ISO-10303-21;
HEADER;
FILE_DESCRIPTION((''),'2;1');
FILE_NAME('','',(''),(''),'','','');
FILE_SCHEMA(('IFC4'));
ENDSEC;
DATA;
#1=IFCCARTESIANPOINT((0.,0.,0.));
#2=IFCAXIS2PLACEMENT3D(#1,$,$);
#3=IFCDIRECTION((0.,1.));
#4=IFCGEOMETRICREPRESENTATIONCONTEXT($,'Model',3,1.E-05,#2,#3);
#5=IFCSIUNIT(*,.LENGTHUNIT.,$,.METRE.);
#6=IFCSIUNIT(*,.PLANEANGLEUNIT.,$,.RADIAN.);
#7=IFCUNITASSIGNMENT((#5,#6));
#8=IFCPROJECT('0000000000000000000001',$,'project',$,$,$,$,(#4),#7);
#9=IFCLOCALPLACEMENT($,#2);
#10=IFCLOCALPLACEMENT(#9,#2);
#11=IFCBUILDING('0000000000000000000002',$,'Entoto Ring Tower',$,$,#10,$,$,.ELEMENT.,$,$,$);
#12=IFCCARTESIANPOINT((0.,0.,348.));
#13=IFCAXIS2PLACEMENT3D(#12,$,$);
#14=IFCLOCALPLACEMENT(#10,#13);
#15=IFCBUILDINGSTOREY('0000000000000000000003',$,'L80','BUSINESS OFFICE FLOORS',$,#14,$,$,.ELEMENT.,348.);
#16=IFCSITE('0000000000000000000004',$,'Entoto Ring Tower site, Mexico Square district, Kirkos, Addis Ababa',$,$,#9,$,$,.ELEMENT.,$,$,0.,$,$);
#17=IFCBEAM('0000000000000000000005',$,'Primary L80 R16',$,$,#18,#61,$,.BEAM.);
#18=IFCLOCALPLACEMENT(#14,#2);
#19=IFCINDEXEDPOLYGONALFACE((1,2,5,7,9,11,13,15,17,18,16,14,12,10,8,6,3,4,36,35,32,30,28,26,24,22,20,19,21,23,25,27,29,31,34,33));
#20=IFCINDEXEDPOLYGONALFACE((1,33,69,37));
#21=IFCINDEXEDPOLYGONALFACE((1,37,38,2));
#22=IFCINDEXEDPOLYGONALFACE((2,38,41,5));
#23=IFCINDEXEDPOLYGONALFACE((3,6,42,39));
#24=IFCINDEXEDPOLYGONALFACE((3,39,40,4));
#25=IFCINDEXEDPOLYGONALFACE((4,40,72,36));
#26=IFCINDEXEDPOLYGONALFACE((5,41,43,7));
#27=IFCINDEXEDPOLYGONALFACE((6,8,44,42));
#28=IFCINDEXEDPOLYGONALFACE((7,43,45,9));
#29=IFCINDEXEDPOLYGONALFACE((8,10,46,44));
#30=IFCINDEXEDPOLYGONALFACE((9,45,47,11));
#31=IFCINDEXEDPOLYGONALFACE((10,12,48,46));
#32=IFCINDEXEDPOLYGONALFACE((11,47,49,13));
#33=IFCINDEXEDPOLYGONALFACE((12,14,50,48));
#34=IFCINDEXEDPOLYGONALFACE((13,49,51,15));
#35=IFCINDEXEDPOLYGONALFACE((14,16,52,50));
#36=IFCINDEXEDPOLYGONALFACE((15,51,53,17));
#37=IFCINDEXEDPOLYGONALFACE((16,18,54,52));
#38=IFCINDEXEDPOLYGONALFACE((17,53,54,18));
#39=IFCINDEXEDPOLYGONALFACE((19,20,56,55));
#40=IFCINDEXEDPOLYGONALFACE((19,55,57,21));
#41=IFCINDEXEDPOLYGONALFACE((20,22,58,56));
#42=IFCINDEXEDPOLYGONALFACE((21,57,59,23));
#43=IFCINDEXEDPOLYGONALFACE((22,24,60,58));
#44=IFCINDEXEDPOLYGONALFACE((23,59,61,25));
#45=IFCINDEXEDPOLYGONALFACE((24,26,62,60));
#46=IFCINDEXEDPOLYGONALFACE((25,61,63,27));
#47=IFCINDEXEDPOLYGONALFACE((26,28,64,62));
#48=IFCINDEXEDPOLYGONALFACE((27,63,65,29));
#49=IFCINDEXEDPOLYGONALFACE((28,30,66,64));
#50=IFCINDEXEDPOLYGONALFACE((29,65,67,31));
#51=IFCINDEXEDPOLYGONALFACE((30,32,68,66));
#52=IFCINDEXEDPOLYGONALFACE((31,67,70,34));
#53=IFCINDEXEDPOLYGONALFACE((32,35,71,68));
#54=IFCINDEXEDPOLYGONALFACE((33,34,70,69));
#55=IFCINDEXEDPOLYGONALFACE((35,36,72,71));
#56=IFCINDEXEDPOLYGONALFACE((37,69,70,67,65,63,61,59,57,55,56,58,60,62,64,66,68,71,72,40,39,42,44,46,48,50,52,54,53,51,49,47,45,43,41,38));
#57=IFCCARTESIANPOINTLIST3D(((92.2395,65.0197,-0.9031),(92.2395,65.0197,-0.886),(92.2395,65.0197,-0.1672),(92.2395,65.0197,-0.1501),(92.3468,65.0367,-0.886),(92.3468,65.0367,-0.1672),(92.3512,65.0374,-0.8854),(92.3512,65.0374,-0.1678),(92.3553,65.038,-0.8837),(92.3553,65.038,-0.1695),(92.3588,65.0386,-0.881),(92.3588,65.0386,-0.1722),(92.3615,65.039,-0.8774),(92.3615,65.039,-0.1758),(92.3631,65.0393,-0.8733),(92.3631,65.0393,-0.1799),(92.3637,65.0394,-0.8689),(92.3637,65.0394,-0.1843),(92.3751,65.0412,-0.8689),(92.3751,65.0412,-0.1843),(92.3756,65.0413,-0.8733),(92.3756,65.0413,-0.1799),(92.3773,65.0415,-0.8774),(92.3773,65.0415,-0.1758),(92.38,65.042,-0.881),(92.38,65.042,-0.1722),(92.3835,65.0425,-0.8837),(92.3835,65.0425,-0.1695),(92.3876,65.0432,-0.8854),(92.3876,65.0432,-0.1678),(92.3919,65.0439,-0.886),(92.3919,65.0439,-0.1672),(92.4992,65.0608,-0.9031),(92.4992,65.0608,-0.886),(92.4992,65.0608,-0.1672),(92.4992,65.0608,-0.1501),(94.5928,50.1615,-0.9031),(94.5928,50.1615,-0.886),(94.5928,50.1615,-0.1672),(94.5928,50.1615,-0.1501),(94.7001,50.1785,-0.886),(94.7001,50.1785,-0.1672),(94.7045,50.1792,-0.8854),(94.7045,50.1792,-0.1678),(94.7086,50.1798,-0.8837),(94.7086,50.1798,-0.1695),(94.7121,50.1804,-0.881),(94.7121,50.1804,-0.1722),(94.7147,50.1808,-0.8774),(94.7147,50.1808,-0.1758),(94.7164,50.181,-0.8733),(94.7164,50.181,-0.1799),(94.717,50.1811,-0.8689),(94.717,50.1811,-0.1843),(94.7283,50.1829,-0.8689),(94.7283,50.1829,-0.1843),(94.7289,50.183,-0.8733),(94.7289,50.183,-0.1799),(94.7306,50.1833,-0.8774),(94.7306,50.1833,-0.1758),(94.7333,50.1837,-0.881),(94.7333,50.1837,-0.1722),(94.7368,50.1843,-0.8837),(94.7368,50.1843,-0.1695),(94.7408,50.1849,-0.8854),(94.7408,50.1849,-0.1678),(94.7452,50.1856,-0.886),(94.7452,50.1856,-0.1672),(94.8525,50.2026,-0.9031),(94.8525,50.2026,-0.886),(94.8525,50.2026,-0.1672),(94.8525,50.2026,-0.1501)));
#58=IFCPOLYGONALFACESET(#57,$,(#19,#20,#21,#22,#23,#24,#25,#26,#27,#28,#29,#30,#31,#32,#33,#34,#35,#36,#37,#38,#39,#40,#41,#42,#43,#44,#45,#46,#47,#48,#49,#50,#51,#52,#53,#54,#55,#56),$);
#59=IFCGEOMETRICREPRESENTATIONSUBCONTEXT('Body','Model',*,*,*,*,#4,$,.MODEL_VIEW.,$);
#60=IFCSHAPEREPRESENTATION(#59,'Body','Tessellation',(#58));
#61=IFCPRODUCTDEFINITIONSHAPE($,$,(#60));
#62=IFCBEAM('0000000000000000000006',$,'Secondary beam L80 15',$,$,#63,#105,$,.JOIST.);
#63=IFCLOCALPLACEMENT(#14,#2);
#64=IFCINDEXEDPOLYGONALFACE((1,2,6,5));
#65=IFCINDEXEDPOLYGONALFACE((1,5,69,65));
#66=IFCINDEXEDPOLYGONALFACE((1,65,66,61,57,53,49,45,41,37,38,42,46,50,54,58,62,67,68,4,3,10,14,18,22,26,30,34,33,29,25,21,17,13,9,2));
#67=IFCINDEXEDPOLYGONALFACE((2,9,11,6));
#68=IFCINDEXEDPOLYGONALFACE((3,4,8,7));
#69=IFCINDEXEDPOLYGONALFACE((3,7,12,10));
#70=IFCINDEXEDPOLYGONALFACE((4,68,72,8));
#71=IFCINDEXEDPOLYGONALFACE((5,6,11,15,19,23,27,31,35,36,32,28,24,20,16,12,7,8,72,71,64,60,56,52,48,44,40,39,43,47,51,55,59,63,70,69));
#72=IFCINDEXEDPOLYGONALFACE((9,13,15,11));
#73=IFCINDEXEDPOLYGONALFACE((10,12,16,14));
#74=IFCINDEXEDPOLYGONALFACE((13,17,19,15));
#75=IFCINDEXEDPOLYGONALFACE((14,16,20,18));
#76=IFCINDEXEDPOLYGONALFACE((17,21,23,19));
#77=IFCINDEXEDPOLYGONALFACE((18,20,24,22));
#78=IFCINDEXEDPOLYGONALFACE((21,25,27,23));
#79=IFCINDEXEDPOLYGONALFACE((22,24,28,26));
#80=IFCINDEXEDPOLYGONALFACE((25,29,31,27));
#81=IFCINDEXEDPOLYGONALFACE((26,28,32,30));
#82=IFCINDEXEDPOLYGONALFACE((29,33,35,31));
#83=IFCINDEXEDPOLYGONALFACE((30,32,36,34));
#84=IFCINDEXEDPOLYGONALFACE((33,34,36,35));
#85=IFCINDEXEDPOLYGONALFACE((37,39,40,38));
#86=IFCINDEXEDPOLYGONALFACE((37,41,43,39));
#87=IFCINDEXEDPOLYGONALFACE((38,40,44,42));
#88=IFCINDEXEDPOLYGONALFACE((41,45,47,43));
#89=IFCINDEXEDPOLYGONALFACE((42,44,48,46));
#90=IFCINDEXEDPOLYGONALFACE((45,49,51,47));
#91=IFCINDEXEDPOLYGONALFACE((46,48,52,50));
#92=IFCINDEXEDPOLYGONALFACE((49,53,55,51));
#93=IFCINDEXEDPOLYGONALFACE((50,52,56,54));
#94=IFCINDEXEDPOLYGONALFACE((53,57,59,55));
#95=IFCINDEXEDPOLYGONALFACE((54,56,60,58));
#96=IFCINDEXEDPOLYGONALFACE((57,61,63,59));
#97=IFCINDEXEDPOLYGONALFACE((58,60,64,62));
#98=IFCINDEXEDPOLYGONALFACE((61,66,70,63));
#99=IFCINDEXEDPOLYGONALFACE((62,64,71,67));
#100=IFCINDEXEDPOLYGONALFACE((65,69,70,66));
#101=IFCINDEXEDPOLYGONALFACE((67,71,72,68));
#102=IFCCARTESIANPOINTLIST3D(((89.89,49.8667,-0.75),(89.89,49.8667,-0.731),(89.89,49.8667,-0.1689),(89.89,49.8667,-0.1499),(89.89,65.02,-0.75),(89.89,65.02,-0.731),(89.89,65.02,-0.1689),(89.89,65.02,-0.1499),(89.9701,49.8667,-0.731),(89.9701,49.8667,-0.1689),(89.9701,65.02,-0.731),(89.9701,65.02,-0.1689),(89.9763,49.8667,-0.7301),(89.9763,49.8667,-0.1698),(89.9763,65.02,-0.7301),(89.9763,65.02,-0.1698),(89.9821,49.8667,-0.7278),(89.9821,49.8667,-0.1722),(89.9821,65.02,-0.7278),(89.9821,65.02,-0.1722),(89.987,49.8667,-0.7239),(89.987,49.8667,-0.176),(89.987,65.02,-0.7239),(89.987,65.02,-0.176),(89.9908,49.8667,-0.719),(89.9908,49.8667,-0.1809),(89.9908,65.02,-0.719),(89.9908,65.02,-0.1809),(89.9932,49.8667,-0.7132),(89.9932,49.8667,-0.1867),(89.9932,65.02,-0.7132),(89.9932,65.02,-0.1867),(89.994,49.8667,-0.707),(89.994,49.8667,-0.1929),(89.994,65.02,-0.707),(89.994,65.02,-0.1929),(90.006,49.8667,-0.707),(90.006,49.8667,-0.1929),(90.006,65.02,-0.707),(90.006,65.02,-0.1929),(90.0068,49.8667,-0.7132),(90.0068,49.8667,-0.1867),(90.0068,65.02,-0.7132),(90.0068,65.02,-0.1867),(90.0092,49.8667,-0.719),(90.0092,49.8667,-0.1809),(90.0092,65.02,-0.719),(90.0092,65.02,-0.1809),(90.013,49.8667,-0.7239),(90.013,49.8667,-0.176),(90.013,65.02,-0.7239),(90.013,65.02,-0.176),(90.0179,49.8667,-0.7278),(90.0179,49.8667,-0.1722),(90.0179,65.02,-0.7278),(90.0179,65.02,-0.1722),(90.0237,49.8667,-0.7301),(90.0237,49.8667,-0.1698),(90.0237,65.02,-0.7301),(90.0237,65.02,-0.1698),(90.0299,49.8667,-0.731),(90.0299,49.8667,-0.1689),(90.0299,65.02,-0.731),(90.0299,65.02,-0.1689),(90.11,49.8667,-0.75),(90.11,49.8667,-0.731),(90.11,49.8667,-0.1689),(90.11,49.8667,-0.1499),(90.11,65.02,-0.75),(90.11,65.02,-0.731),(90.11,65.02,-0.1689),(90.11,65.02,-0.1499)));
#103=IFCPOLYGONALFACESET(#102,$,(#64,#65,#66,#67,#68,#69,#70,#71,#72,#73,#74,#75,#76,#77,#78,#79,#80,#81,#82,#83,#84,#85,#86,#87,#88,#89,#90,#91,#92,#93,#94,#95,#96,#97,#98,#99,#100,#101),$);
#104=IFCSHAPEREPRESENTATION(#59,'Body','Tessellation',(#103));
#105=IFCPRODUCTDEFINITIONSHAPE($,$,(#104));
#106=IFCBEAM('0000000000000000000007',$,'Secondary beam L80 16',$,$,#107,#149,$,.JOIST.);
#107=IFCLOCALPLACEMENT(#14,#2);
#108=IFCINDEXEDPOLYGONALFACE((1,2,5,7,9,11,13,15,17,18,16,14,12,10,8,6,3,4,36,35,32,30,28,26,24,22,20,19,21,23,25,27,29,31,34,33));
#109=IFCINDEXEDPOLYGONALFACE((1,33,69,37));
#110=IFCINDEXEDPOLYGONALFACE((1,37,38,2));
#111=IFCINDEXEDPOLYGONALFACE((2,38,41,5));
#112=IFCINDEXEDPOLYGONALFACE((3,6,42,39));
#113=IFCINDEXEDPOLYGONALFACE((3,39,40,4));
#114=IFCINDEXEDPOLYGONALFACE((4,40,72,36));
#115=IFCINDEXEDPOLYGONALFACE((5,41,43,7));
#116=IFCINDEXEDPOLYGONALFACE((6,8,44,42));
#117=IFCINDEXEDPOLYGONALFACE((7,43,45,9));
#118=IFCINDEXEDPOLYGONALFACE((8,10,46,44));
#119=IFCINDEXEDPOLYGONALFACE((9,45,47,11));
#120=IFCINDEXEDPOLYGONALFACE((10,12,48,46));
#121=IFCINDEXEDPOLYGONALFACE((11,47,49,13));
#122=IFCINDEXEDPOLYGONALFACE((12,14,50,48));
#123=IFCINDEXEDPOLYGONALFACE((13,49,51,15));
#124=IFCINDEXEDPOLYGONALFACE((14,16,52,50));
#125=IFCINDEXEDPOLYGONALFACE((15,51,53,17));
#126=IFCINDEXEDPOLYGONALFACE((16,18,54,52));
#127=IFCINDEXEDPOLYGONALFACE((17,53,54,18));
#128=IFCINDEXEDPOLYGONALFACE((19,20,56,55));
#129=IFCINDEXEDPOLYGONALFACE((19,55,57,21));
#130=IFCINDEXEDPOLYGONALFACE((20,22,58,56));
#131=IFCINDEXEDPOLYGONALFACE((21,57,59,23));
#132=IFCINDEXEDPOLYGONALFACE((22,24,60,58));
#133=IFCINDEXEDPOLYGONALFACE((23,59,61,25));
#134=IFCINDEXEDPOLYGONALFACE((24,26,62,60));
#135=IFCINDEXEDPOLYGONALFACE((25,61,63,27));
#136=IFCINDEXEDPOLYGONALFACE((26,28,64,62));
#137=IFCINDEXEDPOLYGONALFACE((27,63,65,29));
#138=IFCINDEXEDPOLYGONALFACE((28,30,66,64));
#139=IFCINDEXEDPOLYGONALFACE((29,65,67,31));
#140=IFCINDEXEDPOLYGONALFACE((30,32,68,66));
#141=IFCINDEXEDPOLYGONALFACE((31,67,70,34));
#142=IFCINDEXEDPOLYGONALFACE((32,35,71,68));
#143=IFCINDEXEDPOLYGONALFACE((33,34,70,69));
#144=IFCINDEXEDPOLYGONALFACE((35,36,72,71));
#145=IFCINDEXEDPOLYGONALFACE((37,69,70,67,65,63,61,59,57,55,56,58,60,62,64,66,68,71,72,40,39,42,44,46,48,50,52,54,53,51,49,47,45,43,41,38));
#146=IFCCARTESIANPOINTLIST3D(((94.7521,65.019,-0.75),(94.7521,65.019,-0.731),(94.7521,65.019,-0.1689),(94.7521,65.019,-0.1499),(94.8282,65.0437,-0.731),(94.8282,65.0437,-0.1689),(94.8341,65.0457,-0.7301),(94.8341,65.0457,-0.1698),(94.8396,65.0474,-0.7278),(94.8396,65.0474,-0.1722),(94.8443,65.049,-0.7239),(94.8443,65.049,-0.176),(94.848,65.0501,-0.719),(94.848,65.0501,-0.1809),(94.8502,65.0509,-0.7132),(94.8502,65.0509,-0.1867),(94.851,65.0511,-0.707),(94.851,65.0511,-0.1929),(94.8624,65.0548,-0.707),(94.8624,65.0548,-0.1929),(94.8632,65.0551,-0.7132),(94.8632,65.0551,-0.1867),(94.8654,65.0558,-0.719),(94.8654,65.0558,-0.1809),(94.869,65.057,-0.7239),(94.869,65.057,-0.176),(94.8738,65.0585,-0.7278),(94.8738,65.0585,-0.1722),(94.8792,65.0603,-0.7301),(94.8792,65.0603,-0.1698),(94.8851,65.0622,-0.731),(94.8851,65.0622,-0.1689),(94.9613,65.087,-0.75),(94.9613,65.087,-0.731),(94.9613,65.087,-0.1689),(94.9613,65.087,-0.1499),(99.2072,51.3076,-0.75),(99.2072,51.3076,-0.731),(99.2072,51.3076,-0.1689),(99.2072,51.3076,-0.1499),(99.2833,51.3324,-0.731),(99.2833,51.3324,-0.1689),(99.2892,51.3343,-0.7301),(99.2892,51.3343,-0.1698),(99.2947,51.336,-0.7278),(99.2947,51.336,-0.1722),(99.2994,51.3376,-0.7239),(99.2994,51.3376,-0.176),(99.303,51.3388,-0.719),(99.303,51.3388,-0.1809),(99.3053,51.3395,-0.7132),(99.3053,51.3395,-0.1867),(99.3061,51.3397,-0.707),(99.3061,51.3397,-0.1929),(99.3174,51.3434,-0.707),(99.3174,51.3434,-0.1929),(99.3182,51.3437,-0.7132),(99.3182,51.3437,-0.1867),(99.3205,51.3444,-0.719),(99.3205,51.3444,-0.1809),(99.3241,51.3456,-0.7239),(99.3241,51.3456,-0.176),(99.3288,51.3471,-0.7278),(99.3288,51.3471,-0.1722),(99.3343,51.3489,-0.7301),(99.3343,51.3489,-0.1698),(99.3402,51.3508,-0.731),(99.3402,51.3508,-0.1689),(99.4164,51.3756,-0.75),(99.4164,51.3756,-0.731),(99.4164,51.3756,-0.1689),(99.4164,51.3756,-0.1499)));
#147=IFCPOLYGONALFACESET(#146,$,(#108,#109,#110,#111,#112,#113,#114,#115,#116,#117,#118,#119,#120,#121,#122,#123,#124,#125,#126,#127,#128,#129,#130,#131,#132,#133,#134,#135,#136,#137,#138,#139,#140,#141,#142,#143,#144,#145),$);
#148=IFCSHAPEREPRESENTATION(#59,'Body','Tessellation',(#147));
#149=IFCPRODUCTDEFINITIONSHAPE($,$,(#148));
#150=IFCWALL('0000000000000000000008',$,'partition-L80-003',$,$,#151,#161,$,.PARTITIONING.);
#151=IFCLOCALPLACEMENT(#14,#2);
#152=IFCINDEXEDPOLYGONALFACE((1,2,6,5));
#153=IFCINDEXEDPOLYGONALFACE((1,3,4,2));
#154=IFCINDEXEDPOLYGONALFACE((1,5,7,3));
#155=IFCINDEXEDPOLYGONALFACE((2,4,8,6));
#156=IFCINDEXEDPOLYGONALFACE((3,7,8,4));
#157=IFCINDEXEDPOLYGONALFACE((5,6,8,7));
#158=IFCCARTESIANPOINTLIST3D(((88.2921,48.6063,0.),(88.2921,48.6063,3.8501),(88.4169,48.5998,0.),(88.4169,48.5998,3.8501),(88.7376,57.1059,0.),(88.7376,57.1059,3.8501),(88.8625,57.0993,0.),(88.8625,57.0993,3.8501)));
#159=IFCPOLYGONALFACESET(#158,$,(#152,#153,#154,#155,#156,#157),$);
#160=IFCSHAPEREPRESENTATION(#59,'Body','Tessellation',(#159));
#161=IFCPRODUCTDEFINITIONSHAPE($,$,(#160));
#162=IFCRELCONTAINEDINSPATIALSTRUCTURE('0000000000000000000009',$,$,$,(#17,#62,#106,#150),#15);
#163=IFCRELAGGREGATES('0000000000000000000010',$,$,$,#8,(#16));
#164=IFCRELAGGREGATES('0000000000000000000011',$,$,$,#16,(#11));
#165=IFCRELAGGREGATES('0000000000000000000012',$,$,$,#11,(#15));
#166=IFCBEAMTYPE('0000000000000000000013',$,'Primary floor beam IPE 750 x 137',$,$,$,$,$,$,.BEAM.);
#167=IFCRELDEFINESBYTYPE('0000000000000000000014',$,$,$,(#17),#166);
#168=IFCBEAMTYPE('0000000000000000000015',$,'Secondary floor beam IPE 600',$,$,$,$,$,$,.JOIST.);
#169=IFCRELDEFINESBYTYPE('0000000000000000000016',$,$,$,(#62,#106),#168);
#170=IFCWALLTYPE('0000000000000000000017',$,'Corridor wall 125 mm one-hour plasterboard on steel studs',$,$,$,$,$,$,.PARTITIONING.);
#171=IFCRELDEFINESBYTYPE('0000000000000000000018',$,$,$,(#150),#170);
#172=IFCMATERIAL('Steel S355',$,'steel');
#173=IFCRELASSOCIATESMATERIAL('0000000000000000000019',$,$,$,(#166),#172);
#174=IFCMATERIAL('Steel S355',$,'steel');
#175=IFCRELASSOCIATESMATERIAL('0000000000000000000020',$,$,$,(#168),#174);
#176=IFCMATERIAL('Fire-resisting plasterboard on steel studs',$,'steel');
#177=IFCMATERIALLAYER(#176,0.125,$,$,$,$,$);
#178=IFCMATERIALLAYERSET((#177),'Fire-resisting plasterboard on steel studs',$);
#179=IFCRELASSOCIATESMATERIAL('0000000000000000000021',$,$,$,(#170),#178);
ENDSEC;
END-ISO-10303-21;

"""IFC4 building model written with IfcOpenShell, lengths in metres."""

from ifc_helpers import new_model, si_unit, direction, frame, frame_2d, origin, origin_2d, place, context, subcontext, project, spatial, rectangle, i_section, extrude, material, layer, layer_set, material_profile, profile_set, type_object, element, save


model = new_model("IFC4")

# Units and contexts
model_context = context("Model", 3, precision=1e-05, world=origin(), true_north=direction((0.0, 1.0)))
body_context = subcontext(model_context, "Body", "Model", "MODEL_VIEW")
ifc_project = project(units=[si_unit("LENGTHUNIT", "METRE"), si_unit("PLANEANGLEUNIT", "RADIAN")], contexts=[model_context])

# Site, building, storey
site_placement = place(None, origin())
site = spatial("IfcSite", under=ifc_project, at=site_placement, Name="Entoto Ring Tower site, Mexico Square district, Kirkos, Addis Ababa", CompositionType="ELEMENT", RefElevation=0.0)
building_placement = place(site_placement, origin())
building = spatial("IfcBuilding", under=site, at=building_placement, Name="Entoto Ring Tower", CompositionType="ELEMENT")
storey_placement = place(building_placement, frame((0.0, 0.0, 348.0)))
storey = spatial("IfcBuildingStorey", under=building, at=storey_placement, Name="L80", Description="BUSINESS OFFICE FLOORS", CompositionType="ELEMENT", Elevation=348.0)

# Beams
ifc_material_1 = material(Name="Steel S355", Category="steel")
ifc_material_profile_1 = material_profile(ifc_material_1, i_section(OverallWidth=0.2629, OverallDepth=0.7529, WebThickness=0.0115, FlangeThickness=0.0171, FilletRadius=0.0171, at=origin_2d()), Name="IPE 750 x 137")
ifc_profile_set_1 = profile_set([ifc_material_profile_1], Name="Steel S355")
beam_type_1 = type_object("IfcBeamType", Name="Primary floor beam IPE 750 x 137", PredefinedType="BEAM", material=ifc_profile_set_1)
for number, where, z_axis, x_axis, name in (
    (1, (92.3694, 65.0403, -0.5266), (0.156433, -0.987689, 0.0), (0.987689, 0.156433, 0.0), "Primary L80 R16"),
):
    element("IfcBeam", number, at=place(storey_placement, frame(where, z_axis=z_axis, x_axis=x_axis)), inside=storey, type_object=beam_type_1, Name=name, PredefinedType="BEAM", context=body_context, shape_type="SweptSolid", body=[
        extrude(i_section(OverallWidth=0.2629, OverallDepth=0.7529, WebThickness=0.0115, FlangeThickness=0.0171, FilletRadius=0.0171, at=origin_2d()), origin(), (0.0, 0.0, 1.0), 15.0435),
    ])
ifc_material_2 = material(Name="Steel S355", Category="steel")
ifc_material_profile_2 = material_profile(ifc_material_2, i_section(OverallWidth=0.22, OverallDepth=0.6001, WebThickness=0.012, FlangeThickness=0.019, FilletRadius=0.0239, at=origin_2d()), Name="IPE 600")
ifc_profile_set_2 = profile_set([ifc_material_profile_2], Name="Steel S355")
beam_type_2 = type_object("IfcBeamType", Name="Secondary floor beam IPE 600", PredefinedType="JOIST", material=ifc_profile_set_2)
beam_1_placement = place(storey_placement, frame((90.0, 65.02, -0.45), z_axis=(0.0, -1.0, 0.0), x_axis=(1.0, 0.0, 0.0)))
element("IfcBeam", 2, at=beam_1_placement, inside=storey, type_object=beam_type_2, Name="Secondary beam L80 15", PredefinedType="JOIST", context=body_context, shape_type="SweptSolid", body=[
    extrude(i_section(OverallWidth=0.22, OverallDepth=0.6001, WebThickness=0.012, FlangeThickness=0.019, FilletRadius=0.0239, at=origin_2d()), origin(), (0.0, 0.0, 1.0), 15.1533),
])
beam_2_placement = place(storey_placement, frame((94.8567, 65.053, -0.45), z_axis=(0.309015, -0.951057, 0.0), x_axis=(0.951057, 0.309015, 0.0)))
element("IfcBeam", 3, at=beam_2_placement, inside=storey, type_object=beam_type_2, Name="Secondary beam L80 16", PredefinedType="JOIST", context=body_context, shape_type="SweptSolid", body=[
    extrude(i_section(OverallWidth=0.22, OverallDepth=0.6001, WebThickness=0.012, FlangeThickness=0.019, FilletRadius=0.0239, at=origin_2d()), origin(), (0.0, 0.0, 1.0), 14.417),
])

# Wall
ifc_material_3 = material(Name="Fire-resisting plasterboard on steel studs", Category="steel")
ifc_layer_1 = layer(ifc_material_3, 0.125)
ifc_layer_set_1 = layer_set([ifc_layer_1], Name="Fire-resisting plasterboard on steel studs")
wall_type_1 = type_object("IfcWallType", Name="Corridor wall 125 mm one-hour plasterboard on steel studs", PredefinedType="PARTITIONING", material=ifc_layer_set_1)
wall_1_placement = place(storey_placement, frame((88.3545, 48.603, 0.0), z_axis=(0.0, 0.0, 1.0), x_axis=(0.05235, 0.998629, 0.0)))
element("IfcWall", 4, at=wall_1_placement, inside=storey, type_object=wall_type_1, Name="partition-L80-003", PredefinedType="PARTITIONING", context=body_context, shape_type="SweptSolid", body=[
    extrude(rectangle(XDim=8.5112, YDim=0.125, at=frame_2d((4.2556, 0.0))), origin(), (0.0, 0.0, 1.0), 3.8501),
])

save(model, "model.ifc")
